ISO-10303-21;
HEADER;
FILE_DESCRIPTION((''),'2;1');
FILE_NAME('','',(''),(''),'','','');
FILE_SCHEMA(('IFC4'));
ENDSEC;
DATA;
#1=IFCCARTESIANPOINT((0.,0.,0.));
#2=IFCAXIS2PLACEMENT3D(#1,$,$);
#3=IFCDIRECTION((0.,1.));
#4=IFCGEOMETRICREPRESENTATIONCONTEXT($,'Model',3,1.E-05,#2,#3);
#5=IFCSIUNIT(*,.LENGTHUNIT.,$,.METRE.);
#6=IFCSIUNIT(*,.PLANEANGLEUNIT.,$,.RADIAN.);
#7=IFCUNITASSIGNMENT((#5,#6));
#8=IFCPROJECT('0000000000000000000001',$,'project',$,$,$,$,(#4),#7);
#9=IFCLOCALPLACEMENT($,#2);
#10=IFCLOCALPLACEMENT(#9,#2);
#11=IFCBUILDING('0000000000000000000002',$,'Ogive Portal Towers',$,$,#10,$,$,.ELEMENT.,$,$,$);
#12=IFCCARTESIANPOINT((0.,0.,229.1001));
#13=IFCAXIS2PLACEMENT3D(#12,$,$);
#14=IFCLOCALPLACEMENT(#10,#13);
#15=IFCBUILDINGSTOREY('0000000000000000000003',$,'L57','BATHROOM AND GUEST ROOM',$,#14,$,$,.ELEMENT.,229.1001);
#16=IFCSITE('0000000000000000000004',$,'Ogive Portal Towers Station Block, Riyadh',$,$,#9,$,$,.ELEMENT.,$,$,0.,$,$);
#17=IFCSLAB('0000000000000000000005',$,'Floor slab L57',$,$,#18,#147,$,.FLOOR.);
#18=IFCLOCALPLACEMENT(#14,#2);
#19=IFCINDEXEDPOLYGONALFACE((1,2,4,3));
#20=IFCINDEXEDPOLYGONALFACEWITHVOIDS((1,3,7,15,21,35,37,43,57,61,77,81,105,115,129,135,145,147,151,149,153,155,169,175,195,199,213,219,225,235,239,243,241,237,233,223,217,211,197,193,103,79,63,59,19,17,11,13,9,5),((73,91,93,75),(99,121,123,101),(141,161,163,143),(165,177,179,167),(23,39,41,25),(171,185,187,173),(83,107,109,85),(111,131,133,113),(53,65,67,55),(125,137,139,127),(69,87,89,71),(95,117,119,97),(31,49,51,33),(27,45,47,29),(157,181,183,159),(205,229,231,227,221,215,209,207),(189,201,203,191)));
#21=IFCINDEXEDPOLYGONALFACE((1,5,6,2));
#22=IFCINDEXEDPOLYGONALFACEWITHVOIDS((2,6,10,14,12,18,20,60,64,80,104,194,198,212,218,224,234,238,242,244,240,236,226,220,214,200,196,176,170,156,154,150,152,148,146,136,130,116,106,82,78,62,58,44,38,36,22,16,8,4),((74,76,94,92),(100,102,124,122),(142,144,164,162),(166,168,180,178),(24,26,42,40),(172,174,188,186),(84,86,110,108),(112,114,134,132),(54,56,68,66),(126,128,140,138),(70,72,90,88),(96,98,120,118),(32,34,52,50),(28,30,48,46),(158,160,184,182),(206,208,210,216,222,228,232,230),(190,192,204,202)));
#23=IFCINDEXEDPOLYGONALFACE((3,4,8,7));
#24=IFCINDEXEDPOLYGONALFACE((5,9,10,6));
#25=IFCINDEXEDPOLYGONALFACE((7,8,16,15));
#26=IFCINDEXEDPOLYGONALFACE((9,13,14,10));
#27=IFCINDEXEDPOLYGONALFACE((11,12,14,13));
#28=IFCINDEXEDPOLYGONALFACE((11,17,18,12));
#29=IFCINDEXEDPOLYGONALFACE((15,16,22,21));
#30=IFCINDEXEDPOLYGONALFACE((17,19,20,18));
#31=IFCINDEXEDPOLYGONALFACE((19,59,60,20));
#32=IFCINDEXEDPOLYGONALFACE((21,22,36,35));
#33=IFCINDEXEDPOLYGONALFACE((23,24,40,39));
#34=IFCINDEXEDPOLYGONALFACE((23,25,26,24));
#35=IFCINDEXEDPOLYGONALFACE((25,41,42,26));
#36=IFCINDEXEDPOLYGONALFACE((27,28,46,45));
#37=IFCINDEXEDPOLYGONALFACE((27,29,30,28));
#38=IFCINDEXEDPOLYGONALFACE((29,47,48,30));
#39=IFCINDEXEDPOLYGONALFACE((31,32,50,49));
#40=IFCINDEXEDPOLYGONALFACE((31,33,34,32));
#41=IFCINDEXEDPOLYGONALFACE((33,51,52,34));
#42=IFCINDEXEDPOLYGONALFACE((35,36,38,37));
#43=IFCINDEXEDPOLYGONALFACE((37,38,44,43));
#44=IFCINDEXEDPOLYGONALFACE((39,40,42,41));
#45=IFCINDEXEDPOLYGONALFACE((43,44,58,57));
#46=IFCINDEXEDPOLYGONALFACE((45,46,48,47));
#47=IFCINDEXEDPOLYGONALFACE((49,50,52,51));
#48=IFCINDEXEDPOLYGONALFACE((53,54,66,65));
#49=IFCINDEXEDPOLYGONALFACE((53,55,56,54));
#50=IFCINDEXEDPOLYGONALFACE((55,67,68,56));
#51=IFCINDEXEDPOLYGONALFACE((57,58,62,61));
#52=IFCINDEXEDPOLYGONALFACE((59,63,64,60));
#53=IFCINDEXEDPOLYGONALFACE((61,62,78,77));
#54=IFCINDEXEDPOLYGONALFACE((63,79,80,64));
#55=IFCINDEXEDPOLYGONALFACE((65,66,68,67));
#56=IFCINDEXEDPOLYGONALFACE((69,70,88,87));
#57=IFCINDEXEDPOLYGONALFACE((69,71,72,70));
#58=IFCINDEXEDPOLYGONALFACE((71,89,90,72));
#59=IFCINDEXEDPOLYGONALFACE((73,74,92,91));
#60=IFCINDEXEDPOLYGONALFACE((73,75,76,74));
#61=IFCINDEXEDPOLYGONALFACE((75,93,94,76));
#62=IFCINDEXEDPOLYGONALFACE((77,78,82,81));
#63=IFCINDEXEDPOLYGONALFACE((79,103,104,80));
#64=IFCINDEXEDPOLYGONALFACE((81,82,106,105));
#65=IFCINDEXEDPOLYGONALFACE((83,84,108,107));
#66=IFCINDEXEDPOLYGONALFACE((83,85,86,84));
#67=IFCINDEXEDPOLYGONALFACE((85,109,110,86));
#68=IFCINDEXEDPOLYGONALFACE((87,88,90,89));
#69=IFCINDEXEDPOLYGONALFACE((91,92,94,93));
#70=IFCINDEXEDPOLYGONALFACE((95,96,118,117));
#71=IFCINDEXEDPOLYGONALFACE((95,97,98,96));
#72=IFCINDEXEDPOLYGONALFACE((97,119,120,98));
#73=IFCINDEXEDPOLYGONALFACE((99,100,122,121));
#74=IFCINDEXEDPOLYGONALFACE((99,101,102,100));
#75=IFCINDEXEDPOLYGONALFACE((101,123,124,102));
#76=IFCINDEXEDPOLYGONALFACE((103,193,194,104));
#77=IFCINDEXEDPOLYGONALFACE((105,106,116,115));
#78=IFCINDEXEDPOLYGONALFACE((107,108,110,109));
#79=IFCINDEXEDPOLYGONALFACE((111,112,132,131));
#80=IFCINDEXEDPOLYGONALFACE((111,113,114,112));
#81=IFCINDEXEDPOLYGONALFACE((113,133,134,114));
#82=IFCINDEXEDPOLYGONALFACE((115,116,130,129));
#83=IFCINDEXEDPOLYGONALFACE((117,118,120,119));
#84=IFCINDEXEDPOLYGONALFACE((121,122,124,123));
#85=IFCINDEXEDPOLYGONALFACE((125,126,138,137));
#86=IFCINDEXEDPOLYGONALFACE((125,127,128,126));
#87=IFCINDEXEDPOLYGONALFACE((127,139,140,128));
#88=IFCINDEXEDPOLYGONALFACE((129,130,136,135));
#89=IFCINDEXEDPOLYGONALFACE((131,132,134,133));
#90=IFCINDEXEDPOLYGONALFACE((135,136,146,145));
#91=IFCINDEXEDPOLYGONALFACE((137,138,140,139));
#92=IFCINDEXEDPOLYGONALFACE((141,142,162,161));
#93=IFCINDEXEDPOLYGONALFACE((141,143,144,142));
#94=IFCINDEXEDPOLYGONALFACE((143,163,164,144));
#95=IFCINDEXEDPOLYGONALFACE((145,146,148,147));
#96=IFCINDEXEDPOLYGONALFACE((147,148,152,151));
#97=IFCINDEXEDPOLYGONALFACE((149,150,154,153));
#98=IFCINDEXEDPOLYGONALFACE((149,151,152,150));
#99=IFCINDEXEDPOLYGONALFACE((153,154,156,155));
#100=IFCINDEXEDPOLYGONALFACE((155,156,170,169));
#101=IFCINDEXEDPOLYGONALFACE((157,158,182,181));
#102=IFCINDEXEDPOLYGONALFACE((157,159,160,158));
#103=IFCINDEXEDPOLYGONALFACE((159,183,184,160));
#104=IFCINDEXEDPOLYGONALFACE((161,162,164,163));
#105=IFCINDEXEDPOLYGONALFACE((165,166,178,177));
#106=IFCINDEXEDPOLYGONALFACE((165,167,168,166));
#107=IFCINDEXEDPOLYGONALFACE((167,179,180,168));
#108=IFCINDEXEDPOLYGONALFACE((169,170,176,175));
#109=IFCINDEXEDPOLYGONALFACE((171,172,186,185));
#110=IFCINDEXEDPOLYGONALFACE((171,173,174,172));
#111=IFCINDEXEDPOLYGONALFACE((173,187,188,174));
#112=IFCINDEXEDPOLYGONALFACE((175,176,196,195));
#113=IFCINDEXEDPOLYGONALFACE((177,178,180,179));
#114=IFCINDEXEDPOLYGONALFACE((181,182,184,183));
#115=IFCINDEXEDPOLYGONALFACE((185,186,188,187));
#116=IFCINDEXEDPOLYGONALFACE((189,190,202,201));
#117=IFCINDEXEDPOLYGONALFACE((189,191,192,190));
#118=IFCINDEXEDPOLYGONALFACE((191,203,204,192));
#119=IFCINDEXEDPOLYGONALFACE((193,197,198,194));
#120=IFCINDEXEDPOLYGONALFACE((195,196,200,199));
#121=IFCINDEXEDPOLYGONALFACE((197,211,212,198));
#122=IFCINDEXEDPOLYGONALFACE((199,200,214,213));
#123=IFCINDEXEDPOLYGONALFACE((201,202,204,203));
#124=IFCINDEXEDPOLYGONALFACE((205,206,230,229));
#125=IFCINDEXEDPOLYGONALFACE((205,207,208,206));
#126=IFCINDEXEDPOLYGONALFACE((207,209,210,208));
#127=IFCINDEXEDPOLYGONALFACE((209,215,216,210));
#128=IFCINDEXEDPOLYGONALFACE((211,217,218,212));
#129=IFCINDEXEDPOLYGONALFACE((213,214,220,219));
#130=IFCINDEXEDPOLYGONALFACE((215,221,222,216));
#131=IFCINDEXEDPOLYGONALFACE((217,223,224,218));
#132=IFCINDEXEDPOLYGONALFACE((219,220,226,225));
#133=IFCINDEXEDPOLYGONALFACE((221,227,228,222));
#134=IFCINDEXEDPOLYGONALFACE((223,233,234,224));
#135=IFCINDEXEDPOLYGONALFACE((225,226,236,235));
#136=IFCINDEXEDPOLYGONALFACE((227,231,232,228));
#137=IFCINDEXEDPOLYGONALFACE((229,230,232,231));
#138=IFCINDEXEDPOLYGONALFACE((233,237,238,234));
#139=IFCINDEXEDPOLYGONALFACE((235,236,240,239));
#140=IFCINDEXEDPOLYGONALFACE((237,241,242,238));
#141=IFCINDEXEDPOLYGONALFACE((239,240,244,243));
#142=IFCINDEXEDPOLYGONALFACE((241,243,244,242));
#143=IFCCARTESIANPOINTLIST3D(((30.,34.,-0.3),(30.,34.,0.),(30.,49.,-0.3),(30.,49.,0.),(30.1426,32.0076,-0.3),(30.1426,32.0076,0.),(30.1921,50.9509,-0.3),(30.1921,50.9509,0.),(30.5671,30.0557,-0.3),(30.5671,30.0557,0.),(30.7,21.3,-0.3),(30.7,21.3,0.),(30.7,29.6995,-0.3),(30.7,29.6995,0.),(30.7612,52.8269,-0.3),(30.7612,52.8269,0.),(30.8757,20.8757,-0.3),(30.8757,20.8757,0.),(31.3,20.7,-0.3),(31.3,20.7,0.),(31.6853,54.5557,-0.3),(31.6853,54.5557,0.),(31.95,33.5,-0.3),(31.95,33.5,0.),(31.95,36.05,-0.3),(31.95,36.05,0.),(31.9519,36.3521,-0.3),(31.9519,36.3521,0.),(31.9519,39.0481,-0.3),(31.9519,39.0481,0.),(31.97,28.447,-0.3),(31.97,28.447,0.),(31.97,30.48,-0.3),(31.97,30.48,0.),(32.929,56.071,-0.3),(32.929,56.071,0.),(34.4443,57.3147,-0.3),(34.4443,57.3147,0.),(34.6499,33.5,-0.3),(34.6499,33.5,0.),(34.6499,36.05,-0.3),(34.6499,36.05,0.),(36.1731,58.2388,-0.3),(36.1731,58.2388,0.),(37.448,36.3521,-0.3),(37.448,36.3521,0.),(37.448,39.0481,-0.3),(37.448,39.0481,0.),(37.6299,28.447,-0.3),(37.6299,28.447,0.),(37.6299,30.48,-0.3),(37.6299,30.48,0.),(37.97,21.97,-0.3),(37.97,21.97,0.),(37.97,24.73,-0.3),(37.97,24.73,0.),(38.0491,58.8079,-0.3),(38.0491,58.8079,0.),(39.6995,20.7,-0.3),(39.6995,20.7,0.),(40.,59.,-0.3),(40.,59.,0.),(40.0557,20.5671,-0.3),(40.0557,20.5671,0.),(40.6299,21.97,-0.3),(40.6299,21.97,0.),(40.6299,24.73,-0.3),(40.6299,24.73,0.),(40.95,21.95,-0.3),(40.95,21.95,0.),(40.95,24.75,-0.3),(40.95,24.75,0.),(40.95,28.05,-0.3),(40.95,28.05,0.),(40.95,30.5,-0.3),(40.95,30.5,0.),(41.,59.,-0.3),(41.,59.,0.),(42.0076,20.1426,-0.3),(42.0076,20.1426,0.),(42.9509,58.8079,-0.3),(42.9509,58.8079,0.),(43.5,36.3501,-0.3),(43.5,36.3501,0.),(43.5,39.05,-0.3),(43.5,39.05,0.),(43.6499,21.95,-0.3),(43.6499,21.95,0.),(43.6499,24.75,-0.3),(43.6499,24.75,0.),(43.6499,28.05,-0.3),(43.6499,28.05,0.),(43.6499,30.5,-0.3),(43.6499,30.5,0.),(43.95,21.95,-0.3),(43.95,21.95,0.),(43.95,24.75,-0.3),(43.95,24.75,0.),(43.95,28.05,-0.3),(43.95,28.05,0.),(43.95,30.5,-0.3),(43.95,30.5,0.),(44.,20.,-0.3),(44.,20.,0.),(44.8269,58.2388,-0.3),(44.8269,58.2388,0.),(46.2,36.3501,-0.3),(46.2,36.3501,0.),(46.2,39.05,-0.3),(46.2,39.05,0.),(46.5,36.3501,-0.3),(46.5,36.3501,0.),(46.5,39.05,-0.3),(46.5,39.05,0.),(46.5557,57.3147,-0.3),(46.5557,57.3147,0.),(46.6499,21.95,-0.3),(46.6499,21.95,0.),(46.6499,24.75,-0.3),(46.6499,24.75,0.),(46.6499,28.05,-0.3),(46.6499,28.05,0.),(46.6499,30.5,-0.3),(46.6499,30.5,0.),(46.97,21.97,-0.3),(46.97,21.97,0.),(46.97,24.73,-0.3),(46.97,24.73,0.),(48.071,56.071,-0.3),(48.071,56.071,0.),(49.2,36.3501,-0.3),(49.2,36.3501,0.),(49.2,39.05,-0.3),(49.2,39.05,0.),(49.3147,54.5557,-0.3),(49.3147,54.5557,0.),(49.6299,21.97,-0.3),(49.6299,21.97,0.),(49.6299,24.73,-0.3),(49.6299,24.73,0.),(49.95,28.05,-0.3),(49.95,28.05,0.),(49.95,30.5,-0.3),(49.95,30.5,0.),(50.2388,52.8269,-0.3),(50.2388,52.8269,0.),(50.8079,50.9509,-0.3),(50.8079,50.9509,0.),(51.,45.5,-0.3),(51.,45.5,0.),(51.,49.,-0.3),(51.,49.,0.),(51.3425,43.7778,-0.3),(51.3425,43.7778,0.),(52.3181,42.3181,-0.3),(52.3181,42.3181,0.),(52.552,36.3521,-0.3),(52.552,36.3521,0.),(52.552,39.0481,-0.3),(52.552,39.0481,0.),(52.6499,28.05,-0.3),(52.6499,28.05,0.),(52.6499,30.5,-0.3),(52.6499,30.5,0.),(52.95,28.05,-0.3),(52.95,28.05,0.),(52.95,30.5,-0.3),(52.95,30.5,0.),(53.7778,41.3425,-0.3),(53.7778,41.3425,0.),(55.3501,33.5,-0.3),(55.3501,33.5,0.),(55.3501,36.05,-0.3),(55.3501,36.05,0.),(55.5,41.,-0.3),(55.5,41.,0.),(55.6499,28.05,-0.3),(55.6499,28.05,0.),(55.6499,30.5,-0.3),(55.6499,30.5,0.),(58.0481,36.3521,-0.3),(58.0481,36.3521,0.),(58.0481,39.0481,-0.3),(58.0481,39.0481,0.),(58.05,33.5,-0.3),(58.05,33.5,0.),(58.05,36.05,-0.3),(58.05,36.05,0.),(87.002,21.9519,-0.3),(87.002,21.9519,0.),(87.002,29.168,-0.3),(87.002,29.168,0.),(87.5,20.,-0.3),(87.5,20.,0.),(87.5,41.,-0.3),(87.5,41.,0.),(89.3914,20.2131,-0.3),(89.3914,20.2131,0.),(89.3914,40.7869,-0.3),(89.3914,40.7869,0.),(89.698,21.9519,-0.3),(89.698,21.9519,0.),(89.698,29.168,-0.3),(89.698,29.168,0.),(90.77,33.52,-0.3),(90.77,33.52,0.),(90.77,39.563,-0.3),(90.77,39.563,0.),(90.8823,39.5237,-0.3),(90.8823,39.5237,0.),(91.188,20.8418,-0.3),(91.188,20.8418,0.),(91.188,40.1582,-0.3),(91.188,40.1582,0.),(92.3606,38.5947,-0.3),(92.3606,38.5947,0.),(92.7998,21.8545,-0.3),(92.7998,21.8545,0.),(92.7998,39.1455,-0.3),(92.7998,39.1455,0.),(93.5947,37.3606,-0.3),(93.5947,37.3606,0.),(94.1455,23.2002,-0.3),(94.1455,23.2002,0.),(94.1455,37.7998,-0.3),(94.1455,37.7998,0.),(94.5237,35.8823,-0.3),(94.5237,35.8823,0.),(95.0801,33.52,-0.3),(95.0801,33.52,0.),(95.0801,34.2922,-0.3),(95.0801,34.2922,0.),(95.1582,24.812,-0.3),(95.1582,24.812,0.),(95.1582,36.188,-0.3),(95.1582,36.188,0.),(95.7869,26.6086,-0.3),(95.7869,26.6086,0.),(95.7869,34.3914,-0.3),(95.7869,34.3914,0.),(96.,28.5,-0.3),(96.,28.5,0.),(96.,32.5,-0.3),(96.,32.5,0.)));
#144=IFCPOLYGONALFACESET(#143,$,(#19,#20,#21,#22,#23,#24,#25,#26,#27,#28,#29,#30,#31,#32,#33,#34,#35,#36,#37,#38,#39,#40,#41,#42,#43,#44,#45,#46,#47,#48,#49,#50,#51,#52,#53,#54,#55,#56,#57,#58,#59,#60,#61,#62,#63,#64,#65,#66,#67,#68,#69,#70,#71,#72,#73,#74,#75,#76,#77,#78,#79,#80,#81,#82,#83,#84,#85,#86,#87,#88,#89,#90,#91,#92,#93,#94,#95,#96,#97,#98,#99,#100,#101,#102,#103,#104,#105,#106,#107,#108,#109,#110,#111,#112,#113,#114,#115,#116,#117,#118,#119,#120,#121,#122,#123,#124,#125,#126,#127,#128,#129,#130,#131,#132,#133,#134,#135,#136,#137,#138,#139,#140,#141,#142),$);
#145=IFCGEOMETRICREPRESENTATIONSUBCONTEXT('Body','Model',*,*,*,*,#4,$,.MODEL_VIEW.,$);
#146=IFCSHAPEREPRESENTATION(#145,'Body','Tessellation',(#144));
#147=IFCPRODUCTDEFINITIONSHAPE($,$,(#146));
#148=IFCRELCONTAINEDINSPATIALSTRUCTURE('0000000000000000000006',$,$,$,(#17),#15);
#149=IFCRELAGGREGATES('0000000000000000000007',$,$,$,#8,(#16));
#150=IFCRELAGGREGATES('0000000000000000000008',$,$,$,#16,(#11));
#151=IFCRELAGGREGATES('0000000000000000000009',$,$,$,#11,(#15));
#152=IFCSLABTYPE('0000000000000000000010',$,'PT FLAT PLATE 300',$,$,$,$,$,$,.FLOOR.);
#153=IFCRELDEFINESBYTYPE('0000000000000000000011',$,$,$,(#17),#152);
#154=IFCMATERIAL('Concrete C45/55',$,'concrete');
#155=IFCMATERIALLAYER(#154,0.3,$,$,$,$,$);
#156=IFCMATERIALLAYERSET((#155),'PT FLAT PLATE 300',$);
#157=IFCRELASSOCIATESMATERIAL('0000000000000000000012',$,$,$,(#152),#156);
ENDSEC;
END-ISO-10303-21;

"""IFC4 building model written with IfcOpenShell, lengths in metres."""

from ifc_helpers import new_model, si_unit, direction, frame, origin, place, context, subcontext, project, spatial, polyline, outline, extrude, material, layer, layer_set, type_object, element, save


model = new_model("IFC4")

# Units and contexts
model_context = context("Model", 3, precision=1e-05, world=origin(), true_north=direction((0.0, 1.0)))
body_context = subcontext(model_context, "Body", "Model", "MODEL_VIEW")
ifc_project = project(units=[si_unit("LENGTHUNIT", "METRE"), si_unit("PLANEANGLEUNIT", "RADIAN")], contexts=[model_context])

# Site, building, storey
site_placement = place(None, origin())
site = spatial("IfcSite", under=ifc_project, at=site_placement, Name="Ogive Portal Towers Station Block, Riyadh", CompositionType="ELEMENT", RefElevation=0.0)
building_placement = place(site_placement, origin())
building = spatial("IfcBuilding", under=site, at=building_placement, Name="Ogive Portal Towers", CompositionType="ELEMENT")
storey_placement = place(building_placement, frame((0.0, 0.0, 229.1001)))
storey = spatial("IfcBuildingStorey", under=building, at=storey_placement, Name="L57", Description="BATHROOM AND GUEST ROOM", CompositionType="ELEMENT", Elevation=229.1001)

# Slab
ifc_material_1 = material(Name="Concrete C45/55", Category="concrete")
ifc_layer_1 = layer(ifc_material_1, 0.3)
ifc_layer_set_1 = layer_set([ifc_layer_1], Name="PT FLAT PLATE 300")
slab_type_1 = type_object("IfcSlabType", Name="PT FLAT PLATE 300", PredefinedType="FLOOR", material=ifc_layer_set_1)
slab_1_placement = place(storey_placement, frame((0.0, 0.0, -0.3)))
element("IfcSlab", 1, at=slab_1_placement, inside=storey, type_object=slab_type_1, Name="Floor slab L57", PredefinedType="FLOOR", context=body_context, shape_type="SweptSolid", body=[
    extrude(outline(polyline([(30.1426, 32.0076), (30.5671, 30.0557), (30.7, 29.6995), (30.7, 21.3), (30.8757, 20.8757), (31.3, 20.7), (39.6995, 20.7), (40.0557, 20.5671), (42.0076, 20.1426), (44.0, 20.0), (87.5, 20.0), (89.3914, 20.2131), (91.188, 20.8418), (92.7998, 21.8545), (94.1455, 23.2002), (95.1582, 24.812), (95.7869, 26.6086), (96.0, 28.5), (96.0, 32.5), (95.7869, 34.3914), (95.1582, 36.188), (94.1455, 37.7998), (92.7998, 39.1455), (91.188, 40.1582), (89.3914, 40.7869), (87.5, 41.0), (55.5, 41.0), (53.7778, 41.3425), (52.3181, 42.3181), (51.3425, 43.7778), (51.0, 45.5), (51.0, 49.0), (50.8079, 50.9509), (50.2388, 52.8269), (49.3147, 54.5557), (48.071, 56.071), (46.5557, 57.3147), (44.8269, 58.2388), (42.9509, 58.8079), (41.0, 59.0), (40.0, 59.0), (38.0491, 58.8079), (36.1731, 58.2388), (34.4443, 57.3147), (32.929, 56.071), (31.6853, 54.5557), (30.7612, 52.8269), (30.1921, 50.9509), (30.0, 49.0), (30.0, 34.0), (30.1426, 32.0076)]), holes=[polyline([(40.6299, 21.97), (37.97, 21.97), (37.97, 24.73), (40.6299, 24.73), (40.6299, 21.97)]), polyline([(43.6499, 24.75), (43.6499, 21.95), (40.95, 21.95), (40.95, 24.75), (43.6499, 24.75)]), polyline([(46.6499, 24.75), (46.6499, 21.95), (43.95, 21.95), (43.95, 24.75), (46.6499, 24.75)]), polyline([(43.6499, 30.5), (43.6499, 28.05), (40.95, 28.05), (40.95, 30.5), (43.6499, 30.5)]), polyline([(46.6499, 30.5), (46.6499, 28.05), (43.95, 28.05), (43.95, 30.5), (46.6499, 30.5)]), polyline([(37.6299, 28.447), (31.97, 28.447), (31.97, 30.48), (37.6299, 30.48), (37.6299, 28.447)]), polyline([(34.6499, 36.05), (34.6499, 33.5), (31.95, 33.5), (31.95, 36.05), (34.6499, 36.05)]), polyline([(31.9519, 39.0481), (37.448, 39.0481), (37.448, 36.3521), (31.9519, 36.3521), (31.9519, 39.0481)]), polyline([(46.2, 39.05), (46.2, 36.3501), (43.5, 36.3501), (43.5, 39.05), (46.2, 39.05)]), polyline([(49.6299, 21.97), (46.97, 21.97), (46.97, 24.73), (49.6299, 24.73), (49.6299, 21.97)]), polyline([(87.002, 21.9519), (87.002, 29.168), (89.698, 29.168), (89.698, 21.9519), (87.002, 21.9519)]), polyline([(52.6499, 30.5), (52.6499, 28.05), (49.95, 28.05), (49.95, 30.5), (52.6499, 30.5)]), polyline([(55.6499, 30.5), (55.6499, 28.05), (52.95, 28.05), (52.95, 30.5), (55.6499, 30.5)]), polyline([(58.05, 36.05), (58.05, 33.5), (55.3501, 33.5), (55.3501, 36.05), (58.05, 36.05)]), polyline([(93.5947, 37.3606), (94.5237, 35.8823), (95.0801, 34.2922), (95.0801, 33.52), (90.77, 33.52), (90.77, 39.563), (90.8823, 39.5237), (92.3606, 38.5947), (93.5947, 37.3606)]), polyline([(49.2, 36.3501), (46.5, 36.3501), (46.5, 39.05), (49.2, 39.05), (49.2, 36.3501)]), polyline([(52.552, 36.3521), (52.552, 39.0481), (58.0481, 39.0481), (58.0481, 36.3521), (52.552, 36.3521)])]), origin(), (0.0, 0.0, 1.0), 0.3),
])

save(model, "model.ifc")
